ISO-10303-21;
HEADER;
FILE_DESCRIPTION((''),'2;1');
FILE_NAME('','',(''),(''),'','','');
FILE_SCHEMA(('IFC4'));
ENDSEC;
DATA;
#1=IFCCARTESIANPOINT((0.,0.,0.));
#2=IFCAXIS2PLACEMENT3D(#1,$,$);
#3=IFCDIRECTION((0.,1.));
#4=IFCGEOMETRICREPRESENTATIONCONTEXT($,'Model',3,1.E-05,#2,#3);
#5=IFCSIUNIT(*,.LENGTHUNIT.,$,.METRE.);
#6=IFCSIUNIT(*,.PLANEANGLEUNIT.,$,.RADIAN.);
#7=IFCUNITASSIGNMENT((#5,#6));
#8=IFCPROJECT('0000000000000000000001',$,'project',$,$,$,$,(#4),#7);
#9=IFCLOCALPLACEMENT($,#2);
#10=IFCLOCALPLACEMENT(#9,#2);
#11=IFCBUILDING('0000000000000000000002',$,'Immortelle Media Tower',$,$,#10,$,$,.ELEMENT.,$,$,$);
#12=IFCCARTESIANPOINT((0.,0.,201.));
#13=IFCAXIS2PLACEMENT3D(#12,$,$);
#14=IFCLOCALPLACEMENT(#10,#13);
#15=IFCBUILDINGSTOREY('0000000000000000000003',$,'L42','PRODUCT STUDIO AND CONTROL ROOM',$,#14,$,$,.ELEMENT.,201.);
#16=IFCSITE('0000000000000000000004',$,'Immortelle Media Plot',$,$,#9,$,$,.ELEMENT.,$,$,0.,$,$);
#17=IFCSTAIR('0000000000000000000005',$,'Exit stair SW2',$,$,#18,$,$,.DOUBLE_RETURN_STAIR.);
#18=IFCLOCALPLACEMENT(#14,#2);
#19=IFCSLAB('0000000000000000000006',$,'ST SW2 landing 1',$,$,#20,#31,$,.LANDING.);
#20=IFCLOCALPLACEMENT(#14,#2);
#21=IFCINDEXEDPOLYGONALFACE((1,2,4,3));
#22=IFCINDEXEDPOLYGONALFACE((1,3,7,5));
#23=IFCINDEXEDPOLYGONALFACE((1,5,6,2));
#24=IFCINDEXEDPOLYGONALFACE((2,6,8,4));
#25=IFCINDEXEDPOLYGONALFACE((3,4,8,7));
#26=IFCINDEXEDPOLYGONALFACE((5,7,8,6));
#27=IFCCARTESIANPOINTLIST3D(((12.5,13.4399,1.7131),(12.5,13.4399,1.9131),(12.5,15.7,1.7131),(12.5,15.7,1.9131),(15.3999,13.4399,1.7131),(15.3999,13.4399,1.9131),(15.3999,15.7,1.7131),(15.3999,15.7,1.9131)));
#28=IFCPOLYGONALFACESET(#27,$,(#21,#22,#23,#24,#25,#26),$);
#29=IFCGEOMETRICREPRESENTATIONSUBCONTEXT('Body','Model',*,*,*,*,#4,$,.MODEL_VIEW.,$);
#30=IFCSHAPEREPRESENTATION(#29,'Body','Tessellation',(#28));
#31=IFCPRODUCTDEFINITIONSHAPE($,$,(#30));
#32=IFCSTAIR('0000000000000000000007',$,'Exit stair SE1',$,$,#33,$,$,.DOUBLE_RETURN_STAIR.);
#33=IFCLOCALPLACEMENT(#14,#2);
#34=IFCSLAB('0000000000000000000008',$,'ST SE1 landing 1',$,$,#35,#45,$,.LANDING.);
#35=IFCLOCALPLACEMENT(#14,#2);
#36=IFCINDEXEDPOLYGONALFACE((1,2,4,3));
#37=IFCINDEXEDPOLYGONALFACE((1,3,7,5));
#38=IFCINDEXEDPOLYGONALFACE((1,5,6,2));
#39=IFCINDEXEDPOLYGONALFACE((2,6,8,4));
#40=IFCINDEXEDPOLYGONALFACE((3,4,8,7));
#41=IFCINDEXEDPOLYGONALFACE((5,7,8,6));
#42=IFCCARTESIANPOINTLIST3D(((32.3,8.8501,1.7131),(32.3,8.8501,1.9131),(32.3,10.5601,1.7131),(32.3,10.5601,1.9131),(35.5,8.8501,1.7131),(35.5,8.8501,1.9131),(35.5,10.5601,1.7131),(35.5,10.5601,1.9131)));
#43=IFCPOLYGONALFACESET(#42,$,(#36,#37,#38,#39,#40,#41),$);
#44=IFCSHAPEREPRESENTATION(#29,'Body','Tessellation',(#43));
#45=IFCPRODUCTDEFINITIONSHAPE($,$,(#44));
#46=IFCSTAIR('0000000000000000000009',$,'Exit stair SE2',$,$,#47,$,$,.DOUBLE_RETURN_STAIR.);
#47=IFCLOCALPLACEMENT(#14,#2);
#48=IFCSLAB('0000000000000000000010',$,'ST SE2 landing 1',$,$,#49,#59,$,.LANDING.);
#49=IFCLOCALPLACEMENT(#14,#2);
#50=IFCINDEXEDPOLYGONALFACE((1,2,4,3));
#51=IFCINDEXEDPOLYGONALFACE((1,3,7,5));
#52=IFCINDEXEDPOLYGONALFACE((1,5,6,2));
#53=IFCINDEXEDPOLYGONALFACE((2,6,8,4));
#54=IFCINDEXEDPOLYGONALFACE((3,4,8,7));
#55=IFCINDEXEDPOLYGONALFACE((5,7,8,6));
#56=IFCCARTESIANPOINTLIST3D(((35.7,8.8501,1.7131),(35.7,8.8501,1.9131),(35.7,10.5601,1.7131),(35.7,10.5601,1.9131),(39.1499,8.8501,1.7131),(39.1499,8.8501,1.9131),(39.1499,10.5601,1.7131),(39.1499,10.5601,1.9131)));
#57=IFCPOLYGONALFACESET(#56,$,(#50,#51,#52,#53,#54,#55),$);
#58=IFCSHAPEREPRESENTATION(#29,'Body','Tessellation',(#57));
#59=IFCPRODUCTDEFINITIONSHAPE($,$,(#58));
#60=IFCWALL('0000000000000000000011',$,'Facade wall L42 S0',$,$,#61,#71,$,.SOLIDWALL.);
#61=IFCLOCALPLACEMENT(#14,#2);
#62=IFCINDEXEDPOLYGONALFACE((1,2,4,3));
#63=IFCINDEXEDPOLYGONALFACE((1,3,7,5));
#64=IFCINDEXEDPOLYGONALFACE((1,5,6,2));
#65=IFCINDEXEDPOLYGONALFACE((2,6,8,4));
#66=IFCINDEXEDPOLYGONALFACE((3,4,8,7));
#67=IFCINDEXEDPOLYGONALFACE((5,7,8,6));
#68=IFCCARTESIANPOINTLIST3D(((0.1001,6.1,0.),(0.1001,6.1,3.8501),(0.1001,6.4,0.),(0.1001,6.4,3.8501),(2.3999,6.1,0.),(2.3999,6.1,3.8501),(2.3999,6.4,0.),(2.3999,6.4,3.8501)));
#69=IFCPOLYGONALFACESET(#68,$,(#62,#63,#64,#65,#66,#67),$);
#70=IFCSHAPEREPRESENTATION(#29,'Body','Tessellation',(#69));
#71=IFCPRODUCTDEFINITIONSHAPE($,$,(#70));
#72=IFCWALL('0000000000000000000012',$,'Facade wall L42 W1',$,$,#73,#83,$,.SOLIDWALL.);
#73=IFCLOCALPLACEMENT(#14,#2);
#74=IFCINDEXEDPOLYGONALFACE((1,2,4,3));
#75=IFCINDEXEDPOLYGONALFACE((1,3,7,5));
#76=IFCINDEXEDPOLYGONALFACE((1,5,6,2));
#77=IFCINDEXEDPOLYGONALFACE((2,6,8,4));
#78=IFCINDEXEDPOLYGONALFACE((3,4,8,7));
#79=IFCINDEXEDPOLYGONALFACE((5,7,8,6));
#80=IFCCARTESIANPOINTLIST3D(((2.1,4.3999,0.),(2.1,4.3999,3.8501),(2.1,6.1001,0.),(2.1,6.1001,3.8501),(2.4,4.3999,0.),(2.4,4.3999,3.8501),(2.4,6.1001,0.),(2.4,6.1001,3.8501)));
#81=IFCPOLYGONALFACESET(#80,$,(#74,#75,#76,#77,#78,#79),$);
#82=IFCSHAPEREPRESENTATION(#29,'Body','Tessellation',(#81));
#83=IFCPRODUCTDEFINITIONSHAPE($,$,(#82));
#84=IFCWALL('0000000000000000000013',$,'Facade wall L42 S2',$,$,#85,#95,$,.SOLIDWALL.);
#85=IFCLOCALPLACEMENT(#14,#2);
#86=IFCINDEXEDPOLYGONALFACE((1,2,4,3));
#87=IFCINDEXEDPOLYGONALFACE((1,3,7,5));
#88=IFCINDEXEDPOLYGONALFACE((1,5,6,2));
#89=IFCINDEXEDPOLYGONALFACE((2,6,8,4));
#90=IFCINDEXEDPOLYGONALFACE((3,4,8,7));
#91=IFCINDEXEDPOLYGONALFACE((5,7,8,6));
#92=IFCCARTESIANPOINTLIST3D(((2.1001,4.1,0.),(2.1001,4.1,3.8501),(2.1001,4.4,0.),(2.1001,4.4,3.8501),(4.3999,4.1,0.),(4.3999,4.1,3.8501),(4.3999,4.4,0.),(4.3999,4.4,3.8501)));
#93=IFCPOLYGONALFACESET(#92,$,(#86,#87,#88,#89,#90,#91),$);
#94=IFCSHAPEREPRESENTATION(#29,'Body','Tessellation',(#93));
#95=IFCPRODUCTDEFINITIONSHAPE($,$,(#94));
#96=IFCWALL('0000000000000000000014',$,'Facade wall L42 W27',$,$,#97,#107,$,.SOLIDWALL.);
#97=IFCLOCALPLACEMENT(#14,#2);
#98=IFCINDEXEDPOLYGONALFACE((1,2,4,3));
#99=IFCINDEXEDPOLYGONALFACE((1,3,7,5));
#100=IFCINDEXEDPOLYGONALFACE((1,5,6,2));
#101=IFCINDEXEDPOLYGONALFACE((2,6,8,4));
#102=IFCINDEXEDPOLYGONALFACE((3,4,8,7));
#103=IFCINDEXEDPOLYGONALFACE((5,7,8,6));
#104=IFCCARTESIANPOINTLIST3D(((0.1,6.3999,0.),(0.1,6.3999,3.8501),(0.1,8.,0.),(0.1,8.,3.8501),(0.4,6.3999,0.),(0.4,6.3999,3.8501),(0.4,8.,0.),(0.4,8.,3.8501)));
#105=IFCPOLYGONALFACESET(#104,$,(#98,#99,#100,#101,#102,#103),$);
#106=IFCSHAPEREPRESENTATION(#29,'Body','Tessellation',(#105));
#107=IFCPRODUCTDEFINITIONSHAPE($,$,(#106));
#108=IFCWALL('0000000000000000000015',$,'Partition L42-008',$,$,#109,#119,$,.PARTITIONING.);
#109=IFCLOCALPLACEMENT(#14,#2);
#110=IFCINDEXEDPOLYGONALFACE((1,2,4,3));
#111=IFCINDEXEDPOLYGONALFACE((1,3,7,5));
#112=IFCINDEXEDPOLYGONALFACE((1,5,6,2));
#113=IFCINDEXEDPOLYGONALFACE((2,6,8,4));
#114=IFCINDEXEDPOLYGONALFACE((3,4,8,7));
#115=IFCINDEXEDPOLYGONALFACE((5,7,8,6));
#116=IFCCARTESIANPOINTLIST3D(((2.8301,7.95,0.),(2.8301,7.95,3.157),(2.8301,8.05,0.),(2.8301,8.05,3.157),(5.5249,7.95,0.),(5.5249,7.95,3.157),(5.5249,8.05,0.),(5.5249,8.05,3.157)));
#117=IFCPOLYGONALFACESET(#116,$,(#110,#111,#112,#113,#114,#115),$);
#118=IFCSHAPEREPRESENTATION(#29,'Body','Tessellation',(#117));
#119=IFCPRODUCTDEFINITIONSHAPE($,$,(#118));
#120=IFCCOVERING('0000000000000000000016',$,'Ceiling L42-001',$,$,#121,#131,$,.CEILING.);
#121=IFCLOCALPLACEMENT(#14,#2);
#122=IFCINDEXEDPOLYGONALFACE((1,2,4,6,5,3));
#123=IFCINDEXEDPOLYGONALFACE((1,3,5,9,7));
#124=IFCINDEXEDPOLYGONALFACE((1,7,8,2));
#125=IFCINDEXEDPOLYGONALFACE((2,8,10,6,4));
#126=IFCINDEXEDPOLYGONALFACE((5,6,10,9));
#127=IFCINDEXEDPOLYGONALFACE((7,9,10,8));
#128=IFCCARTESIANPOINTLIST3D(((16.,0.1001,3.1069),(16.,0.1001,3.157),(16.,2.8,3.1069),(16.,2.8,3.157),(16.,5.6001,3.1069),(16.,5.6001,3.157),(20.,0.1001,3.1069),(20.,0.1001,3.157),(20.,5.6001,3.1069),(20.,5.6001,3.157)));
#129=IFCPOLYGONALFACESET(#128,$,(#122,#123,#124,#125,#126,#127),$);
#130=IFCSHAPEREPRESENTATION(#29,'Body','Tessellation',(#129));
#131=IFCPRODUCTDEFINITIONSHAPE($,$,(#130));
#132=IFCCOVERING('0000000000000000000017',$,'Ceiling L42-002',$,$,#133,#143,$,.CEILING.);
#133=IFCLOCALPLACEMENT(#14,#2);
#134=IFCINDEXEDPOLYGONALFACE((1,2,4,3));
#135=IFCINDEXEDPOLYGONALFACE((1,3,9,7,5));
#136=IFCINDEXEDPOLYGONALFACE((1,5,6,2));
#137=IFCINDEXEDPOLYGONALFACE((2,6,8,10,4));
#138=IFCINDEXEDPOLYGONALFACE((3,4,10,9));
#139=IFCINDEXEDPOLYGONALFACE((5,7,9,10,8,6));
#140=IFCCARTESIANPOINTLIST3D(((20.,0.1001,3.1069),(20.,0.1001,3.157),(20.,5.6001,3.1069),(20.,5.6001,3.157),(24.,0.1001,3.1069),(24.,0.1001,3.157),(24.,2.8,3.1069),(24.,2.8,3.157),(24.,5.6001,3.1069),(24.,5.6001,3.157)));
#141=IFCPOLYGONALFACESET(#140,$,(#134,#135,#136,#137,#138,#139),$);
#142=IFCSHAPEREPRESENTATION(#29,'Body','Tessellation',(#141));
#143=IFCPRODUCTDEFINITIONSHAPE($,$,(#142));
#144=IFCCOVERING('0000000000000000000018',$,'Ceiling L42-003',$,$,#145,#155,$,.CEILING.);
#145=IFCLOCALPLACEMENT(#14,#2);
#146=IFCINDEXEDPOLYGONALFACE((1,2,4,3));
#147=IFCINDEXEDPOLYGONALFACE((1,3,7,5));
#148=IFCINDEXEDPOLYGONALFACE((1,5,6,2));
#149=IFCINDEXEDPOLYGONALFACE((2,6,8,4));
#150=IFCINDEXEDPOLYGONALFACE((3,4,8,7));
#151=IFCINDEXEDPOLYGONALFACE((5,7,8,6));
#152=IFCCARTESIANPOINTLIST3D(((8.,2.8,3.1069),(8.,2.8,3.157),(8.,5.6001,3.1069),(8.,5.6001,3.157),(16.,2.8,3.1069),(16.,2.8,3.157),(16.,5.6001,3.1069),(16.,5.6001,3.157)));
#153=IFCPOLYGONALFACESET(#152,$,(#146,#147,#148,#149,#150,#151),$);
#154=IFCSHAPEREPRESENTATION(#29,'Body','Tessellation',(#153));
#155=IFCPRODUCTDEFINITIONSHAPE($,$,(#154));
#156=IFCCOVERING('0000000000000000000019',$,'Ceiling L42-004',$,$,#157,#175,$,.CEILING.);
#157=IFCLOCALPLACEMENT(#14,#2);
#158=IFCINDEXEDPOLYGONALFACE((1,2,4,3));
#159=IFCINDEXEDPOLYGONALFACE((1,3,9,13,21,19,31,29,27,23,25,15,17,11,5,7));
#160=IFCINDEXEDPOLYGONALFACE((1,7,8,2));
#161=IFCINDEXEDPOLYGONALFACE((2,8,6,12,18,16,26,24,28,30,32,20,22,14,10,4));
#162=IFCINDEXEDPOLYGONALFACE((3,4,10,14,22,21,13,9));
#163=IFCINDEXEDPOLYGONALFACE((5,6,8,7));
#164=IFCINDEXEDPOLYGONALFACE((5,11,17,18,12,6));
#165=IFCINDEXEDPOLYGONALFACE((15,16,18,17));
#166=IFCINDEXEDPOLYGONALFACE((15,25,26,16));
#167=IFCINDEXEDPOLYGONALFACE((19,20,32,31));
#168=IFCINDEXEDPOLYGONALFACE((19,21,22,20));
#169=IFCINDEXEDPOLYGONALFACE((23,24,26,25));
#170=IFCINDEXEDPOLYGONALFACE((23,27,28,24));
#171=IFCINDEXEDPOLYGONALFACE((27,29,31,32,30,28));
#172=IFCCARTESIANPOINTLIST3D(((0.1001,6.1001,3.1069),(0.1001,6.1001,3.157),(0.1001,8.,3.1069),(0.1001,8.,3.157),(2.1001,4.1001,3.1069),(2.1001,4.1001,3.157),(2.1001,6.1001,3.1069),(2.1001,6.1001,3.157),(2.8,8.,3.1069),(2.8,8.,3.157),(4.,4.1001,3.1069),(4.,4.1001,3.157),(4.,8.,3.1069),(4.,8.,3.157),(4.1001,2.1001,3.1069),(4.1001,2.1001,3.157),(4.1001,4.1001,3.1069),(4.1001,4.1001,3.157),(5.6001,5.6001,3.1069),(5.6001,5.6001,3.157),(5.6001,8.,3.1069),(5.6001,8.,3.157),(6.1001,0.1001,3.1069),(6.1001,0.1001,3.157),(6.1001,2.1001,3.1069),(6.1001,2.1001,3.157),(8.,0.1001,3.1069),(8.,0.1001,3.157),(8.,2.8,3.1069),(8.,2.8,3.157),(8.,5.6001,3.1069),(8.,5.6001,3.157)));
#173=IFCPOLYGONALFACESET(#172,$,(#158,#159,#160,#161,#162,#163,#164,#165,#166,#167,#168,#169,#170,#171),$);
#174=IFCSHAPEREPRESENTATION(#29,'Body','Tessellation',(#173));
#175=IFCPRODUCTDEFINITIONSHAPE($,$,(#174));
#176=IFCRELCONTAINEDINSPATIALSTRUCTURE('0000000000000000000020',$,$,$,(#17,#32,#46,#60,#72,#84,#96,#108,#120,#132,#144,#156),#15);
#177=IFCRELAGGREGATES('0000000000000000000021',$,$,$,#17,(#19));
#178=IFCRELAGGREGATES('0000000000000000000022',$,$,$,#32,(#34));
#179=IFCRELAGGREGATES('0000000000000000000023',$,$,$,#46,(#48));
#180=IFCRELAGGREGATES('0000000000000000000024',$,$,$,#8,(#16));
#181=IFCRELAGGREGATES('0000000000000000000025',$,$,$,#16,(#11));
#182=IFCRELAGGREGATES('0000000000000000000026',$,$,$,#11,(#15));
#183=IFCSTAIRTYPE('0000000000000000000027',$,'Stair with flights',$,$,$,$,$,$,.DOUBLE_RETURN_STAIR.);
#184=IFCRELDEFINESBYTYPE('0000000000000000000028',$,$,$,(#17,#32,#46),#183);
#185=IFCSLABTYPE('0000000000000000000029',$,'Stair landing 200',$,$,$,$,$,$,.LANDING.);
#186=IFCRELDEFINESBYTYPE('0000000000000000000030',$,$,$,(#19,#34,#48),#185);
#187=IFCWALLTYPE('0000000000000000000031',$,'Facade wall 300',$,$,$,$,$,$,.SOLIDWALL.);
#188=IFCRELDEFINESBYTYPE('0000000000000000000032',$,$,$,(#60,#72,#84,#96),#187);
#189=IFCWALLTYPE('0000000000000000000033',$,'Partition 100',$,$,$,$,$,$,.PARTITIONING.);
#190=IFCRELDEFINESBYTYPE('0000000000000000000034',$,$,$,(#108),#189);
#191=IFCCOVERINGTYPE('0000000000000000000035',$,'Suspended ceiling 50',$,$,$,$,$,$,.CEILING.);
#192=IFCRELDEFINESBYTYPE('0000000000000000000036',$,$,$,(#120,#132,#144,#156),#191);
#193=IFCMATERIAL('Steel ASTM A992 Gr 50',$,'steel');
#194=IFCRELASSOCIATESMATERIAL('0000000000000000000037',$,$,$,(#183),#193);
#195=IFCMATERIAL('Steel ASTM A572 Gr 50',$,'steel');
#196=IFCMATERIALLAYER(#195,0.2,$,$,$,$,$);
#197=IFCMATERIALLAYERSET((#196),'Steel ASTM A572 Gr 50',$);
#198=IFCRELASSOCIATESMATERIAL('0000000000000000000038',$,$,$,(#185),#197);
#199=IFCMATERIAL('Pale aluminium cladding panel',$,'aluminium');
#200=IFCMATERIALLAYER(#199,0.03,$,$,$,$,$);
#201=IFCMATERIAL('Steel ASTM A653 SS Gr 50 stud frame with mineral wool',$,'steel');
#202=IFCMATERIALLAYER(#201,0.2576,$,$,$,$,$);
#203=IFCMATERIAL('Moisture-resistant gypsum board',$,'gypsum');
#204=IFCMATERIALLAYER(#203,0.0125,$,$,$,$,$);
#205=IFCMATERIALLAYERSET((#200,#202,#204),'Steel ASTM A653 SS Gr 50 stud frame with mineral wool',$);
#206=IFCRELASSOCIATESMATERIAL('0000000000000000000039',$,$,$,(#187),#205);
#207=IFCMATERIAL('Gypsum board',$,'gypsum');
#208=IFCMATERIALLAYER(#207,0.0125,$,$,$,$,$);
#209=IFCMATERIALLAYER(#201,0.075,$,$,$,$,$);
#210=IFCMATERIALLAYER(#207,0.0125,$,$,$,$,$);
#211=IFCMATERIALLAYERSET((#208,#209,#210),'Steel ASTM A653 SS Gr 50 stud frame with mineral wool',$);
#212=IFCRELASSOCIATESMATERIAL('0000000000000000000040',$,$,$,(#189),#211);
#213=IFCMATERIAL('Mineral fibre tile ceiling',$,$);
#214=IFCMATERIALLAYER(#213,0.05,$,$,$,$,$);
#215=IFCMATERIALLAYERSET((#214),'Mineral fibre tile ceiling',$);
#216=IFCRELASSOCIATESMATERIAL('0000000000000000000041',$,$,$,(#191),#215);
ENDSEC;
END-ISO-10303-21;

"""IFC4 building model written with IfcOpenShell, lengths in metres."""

from ifc_helpers import new_model, si_unit, direction, frame, frame_2d, origin, place, context, subcontext, project, spatial, polyline, rectangle, outline, extrude, material, layer, layer_set, type_object, element, aggregate, save


model = new_model("IFC4")

# Units and contexts
model_context = context("Model", 3, precision=1e-05, world=origin(), true_north=direction((0.0, 1.0)))
body_context = subcontext(model_context, "Body", "Model", "MODEL_VIEW")
ifc_project = project(units=[si_unit("LENGTHUNIT", "METRE"), si_unit("PLANEANGLEUNIT", "RADIAN")], contexts=[model_context])

# Site, building, storey
site_placement = place(None, origin())
site = spatial("IfcSite", under=ifc_project, at=site_placement, Name="Immortelle Media Plot", CompositionType="ELEMENT", RefElevation=0.0)
building_placement = place(site_placement, origin())
building = spatial("IfcBuilding", under=site, at=building_placement, Name="Immortelle Media Tower", CompositionType="ELEMENT")
storey_placement = place(building_placement, frame((0.0, 0.0, 201.0)))
storey = spatial("IfcBuildingStorey", under=building, at=storey_placement, Name="L42", Description="PRODUCT STUDIO AND CONTROL ROOM", CompositionType="ELEMENT", Elevation=201.0)

# Shared definitions
ifc_material_1 = material(Name="Steel ASTM A992 Gr 50", Category="steel")

# Stairs, slabs
stair_type = type_object("IfcStairType", Name="Stair with flights", PredefinedType="DOUBLE_RETURN_STAIR", material=ifc_material_1)
ifc_material_2 = material(Name="Steel ASTM A572 Gr 50", Category="steel")
ifc_layer_1 = layer(ifc_material_2, 0.2)
ifc_layer_set_1 = layer_set([ifc_layer_1], Name="Steel ASTM A572 Gr 50")
slab_type_1 = type_object("IfcSlabType", Name="Stair landing 200", PredefinedType="LANDING", material=ifc_layer_set_1)
stair_1_placement = place(storey_placement, origin())
stair_1 = element("IfcStair", 1, at=stair_1_placement, inside=storey, type_object=stair_type, Name="Exit stair SW2", PredefinedType="DOUBLE_RETURN_STAIR")
slab_1_placement = place(storey_placement, frame((0.0, 0.0, 1.7131)))
slab_1 = element("IfcSlab", 2, at=slab_1_placement, type_object=slab_type_1, Name="ST SW2 landing 1", PredefinedType="LANDING", context=body_context, shape_type="SweptSolid", body=[
    extrude(outline(polyline([(12.5, 13.4399), (15.3999, 13.4399), (15.3999, 15.7), (12.5, 15.7), (12.5, 13.4399)])), origin(), (0.0, 0.0, 1.0), 0.2),
])
aggregate(stair_1, [slab_1])
stair_2_placement = place(storey_placement, origin())
stair_2 = element("IfcStair", 3, at=stair_2_placement, inside=storey, type_object=stair_type, Name="Exit stair SE1", PredefinedType="DOUBLE_RETURN_STAIR")
slab_2_placement = place(storey_placement, frame((0.0, 0.0, 1.7131)))
slab_2 = element("IfcSlab", 4, at=slab_2_placement, type_object=slab_type_1, Name="ST SE1 landing 1", PredefinedType="LANDING", context=body_context, shape_type="SweptSolid", body=[
    extrude(outline(polyline([(32.3, 8.8501), (35.5, 8.8501), (35.5, 10.5601), (32.3, 10.5601), (32.3, 8.8501)])), origin(), (0.0, 0.0, 1.0), 0.2),
])
aggregate(stair_2, [slab_2])
stair_3_placement = place(storey_placement, origin())
stair_3 = element("IfcStair", 5, at=stair_3_placement, inside=storey, type_object=stair_type, Name="Exit stair SE2", PredefinedType="DOUBLE_RETURN_STAIR")
slab_3_placement = place(storey_placement, frame((0.0, 0.0, 1.7131)))
slab_3 = element("IfcSlab", 6, at=slab_3_placement, type_object=slab_type_1, Name="ST SE2 landing 1", PredefinedType="LANDING", context=body_context, shape_type="SweptSolid", body=[
    extrude(outline(polyline([(35.7, 8.8501), (39.1499, 8.8501), (39.1499, 10.5601), (35.7, 10.5601), (35.7, 8.8501)])), origin(), (0.0, 0.0, 1.0), 0.2),
])
aggregate(stair_3, [slab_3])

# Walls
ifc_material_3 = material(Name="Pale aluminium cladding panel", Category="aluminium")
ifc_layer_2 = layer(ifc_material_3, 0.03)
ifc_material_4 = material(Name="Steel ASTM A653 SS Gr 50 stud frame with mineral wool", Category="steel")
ifc_layer_3 = layer(ifc_material_4, 0.2576)
ifc_material_5 = material(Name="Moisture-resistant gypsum board", Category="gypsum")
ifc_layer_4 = layer(ifc_material_5, 0.0125)
ifc_layer_set_2 = layer_set([ifc_layer_2, ifc_layer_3, ifc_layer_4], Name="Steel ASTM A653 SS Gr 50 stud frame with mineral wool")
wall_type_1 = type_object("IfcWallType", Name="Facade wall 300", PredefinedType="SOLIDWALL", material=ifc_layer_set_2)
wall_1_placement = place(storey_placement, frame((0.1001, 6.25, 0.0), z_axis=(0.0, 0.0, 1.0), x_axis=(1.0, 0.0, 0.0)))
element("IfcWall", 7, at=wall_1_placement, inside=storey, type_object=wall_type_1, Name="Facade wall L42 S0", PredefinedType="SOLIDWALL", context=body_context, shape_type="SweptSolid", body=[
    extrude(rectangle(XDim=2.2998, YDim=0.3, at=frame_2d((1.1499, 0.0))), origin(), (0.0, 0.0, 1.0), 3.8501),
])
wall_2_placement = place(storey_placement, frame((2.25, 6.1001, 0.0), z_axis=(0.0, 0.0, 1.0), x_axis=(0.0, -1.0, 0.0)))
element("IfcWall", 8, at=wall_2_placement, inside=storey, type_object=wall_type_1, Name="Facade wall L42 W1", PredefinedType="SOLIDWALL", context=body_context, shape_type="SweptSolid", body=[
    extrude(rectangle(XDim=1.7002, YDim=0.3, at=frame_2d((0.8501, 0.0))), origin(), (0.0, 0.0, 1.0), 3.8501),
])
wall_3_placement = place(storey_placement, frame((2.1001, 4.25, 0.0), z_axis=(0.0, 0.0, 1.0), x_axis=(1.0, 0.0, 0.0)))
element("IfcWall", 9, at=wall_3_placement, inside=storey, type_object=wall_type_1, Name="Facade wall L42 S2", PredefinedType="SOLIDWALL", context=body_context, shape_type="SweptSolid", body=[
    extrude(rectangle(XDim=2.2998, YDim=0.3, at=frame_2d((1.1499, 0.0))), origin(), (0.0, 0.0, 1.0), 3.8501),
])
wall_4_placement = place(storey_placement, frame((0.25, 8.0, 0.0), z_axis=(0.0, 0.0, 1.0), x_axis=(0.0, -1.0, 0.0)))
element("IfcWall", 10, at=wall_4_placement, inside=storey, type_object=wall_type_1, Name="Facade wall L42 W27", PredefinedType="SOLIDWALL", context=body_context, shape_type="SweptSolid", body=[
    extrude(rectangle(XDim=1.6001, YDim=0.3, at=frame_2d((0.8, 0.0))), origin(), (0.0, 0.0, 1.0), 3.8501),
])
ifc_material_6 = material(Name="Gypsum board", Category="gypsum")
ifc_layer_5 = layer(ifc_material_6, 0.0125)
ifc_layer_6 = layer(ifc_material_4, 0.075)
ifc_layer_7 = layer(ifc_material_6, 0.0125)
ifc_layer_set_3 = layer_set([ifc_layer_5, ifc_layer_6, ifc_layer_7], Name="Steel ASTM A653 SS Gr 50 stud frame with mineral wool")
wall_type_2 = type_object("IfcWallType", Name="Partition 100", PredefinedType="PARTITIONING", material=ifc_layer_set_3)
wall_5_placement = place(storey_placement, frame((2.8301, 8.0, 0.0), z_axis=(0.0, 0.0, 1.0), x_axis=(1.0, 0.0, 0.0)))
element("IfcWall", 11, at=wall_5_placement, inside=storey, type_object=wall_type_2, Name="Partition L42-008", PredefinedType="PARTITIONING", context=body_context, shape_type="SweptSolid", body=[
    extrude(rectangle(XDim=2.6948, YDim=0.1001, at=frame_2d((1.3474, 0.0))), origin(), (0.0, 0.0, 1.0), 3.157),
])

# Coverings
ifc_material_7 = material(Name="Mineral fibre tile ceiling")
ifc_layer_8 = layer(ifc_material_7, 0.05)
ifc_layer_set_4 = layer_set([ifc_layer_8], Name="Mineral fibre tile ceiling")
covering_type = type_object("IfcCoveringType", Name="Suspended ceiling 50", PredefinedType="CEILING", material=ifc_layer_set_4)
covering_1_placement = place(storey_placement, frame((0.0, 0.0, 3.1069)))
element("IfcCovering", 12, at=covering_1_placement, inside=storey, type_object=covering_type, Name="Ceiling L42-001", PredefinedType="CEILING", context=body_context, shape_type="SweptSolid", body=[
    extrude(outline(polyline([(16.0, 2.8), (16.0, 5.6001), (20.0, 5.6001), (20.0, 0.1001), (16.0, 0.1001), (16.0, 2.8)])), origin(), (0.0, 0.0, 1.0), 0.05),
])
covering_2_placement = place(storey_placement, frame((0.0, 0.0, 3.1069)))
element("IfcCovering", 13, at=covering_2_placement, inside=storey, type_object=covering_type, Name="Ceiling L42-002", PredefinedType="CEILING", context=body_context, shape_type="SweptSolid", body=[
    extrude(outline(polyline([(24.0, 5.6001), (24.0, 2.8), (24.0, 0.1001), (20.0, 0.1001), (20.0, 5.6001), (24.0, 5.6001)])), origin(), (0.0, 0.0, 1.0), 0.05),
])
covering_3_placement = place(storey_placement, frame((0.0, 0.0, 3.1069)))
element("IfcCovering", 14, at=covering_3_placement, inside=storey, type_object=covering_type, Name="Ceiling L42-003", PredefinedType="CEILING", context=body_context, shape_type="SweptSolid", body=[
    extrude(outline(polyline([(8.0, 2.8), (8.0, 5.6001), (16.0, 5.6001), (16.0, 2.8), (8.0, 2.8)])), origin(), (0.0, 0.0, 1.0), 0.05),
])
covering_4_placement = place(storey_placement, frame((0.0, 0.0, 3.1069)))
element("IfcCovering", 15, at=covering_4_placement, inside=storey, type_object=covering_type, Name="Ceiling L42-004", PredefinedType="CEILING", context=body_context, shape_type="SweptSolid", body=[
    extrude(outline(polyline([(4.1001, 2.1001), (4.1001, 4.1001), (4.0, 4.1001), (2.1001, 4.1001), (2.1001, 6.1001), (0.1001, 6.1001), (0.1001, 8.0), (2.8, 8.0), (4.0, 8.0), (5.6001, 8.0), (5.6001, 5.6001), (8.0, 5.6001), (8.0, 2.8), (8.0, 0.1001), (6.1001, 0.1001), (6.1001, 2.1001), (4.1001, 2.1001)])), origin(), (0.0, 0.0, 1.0), 0.05),
])

save(model, "model.ifc")
